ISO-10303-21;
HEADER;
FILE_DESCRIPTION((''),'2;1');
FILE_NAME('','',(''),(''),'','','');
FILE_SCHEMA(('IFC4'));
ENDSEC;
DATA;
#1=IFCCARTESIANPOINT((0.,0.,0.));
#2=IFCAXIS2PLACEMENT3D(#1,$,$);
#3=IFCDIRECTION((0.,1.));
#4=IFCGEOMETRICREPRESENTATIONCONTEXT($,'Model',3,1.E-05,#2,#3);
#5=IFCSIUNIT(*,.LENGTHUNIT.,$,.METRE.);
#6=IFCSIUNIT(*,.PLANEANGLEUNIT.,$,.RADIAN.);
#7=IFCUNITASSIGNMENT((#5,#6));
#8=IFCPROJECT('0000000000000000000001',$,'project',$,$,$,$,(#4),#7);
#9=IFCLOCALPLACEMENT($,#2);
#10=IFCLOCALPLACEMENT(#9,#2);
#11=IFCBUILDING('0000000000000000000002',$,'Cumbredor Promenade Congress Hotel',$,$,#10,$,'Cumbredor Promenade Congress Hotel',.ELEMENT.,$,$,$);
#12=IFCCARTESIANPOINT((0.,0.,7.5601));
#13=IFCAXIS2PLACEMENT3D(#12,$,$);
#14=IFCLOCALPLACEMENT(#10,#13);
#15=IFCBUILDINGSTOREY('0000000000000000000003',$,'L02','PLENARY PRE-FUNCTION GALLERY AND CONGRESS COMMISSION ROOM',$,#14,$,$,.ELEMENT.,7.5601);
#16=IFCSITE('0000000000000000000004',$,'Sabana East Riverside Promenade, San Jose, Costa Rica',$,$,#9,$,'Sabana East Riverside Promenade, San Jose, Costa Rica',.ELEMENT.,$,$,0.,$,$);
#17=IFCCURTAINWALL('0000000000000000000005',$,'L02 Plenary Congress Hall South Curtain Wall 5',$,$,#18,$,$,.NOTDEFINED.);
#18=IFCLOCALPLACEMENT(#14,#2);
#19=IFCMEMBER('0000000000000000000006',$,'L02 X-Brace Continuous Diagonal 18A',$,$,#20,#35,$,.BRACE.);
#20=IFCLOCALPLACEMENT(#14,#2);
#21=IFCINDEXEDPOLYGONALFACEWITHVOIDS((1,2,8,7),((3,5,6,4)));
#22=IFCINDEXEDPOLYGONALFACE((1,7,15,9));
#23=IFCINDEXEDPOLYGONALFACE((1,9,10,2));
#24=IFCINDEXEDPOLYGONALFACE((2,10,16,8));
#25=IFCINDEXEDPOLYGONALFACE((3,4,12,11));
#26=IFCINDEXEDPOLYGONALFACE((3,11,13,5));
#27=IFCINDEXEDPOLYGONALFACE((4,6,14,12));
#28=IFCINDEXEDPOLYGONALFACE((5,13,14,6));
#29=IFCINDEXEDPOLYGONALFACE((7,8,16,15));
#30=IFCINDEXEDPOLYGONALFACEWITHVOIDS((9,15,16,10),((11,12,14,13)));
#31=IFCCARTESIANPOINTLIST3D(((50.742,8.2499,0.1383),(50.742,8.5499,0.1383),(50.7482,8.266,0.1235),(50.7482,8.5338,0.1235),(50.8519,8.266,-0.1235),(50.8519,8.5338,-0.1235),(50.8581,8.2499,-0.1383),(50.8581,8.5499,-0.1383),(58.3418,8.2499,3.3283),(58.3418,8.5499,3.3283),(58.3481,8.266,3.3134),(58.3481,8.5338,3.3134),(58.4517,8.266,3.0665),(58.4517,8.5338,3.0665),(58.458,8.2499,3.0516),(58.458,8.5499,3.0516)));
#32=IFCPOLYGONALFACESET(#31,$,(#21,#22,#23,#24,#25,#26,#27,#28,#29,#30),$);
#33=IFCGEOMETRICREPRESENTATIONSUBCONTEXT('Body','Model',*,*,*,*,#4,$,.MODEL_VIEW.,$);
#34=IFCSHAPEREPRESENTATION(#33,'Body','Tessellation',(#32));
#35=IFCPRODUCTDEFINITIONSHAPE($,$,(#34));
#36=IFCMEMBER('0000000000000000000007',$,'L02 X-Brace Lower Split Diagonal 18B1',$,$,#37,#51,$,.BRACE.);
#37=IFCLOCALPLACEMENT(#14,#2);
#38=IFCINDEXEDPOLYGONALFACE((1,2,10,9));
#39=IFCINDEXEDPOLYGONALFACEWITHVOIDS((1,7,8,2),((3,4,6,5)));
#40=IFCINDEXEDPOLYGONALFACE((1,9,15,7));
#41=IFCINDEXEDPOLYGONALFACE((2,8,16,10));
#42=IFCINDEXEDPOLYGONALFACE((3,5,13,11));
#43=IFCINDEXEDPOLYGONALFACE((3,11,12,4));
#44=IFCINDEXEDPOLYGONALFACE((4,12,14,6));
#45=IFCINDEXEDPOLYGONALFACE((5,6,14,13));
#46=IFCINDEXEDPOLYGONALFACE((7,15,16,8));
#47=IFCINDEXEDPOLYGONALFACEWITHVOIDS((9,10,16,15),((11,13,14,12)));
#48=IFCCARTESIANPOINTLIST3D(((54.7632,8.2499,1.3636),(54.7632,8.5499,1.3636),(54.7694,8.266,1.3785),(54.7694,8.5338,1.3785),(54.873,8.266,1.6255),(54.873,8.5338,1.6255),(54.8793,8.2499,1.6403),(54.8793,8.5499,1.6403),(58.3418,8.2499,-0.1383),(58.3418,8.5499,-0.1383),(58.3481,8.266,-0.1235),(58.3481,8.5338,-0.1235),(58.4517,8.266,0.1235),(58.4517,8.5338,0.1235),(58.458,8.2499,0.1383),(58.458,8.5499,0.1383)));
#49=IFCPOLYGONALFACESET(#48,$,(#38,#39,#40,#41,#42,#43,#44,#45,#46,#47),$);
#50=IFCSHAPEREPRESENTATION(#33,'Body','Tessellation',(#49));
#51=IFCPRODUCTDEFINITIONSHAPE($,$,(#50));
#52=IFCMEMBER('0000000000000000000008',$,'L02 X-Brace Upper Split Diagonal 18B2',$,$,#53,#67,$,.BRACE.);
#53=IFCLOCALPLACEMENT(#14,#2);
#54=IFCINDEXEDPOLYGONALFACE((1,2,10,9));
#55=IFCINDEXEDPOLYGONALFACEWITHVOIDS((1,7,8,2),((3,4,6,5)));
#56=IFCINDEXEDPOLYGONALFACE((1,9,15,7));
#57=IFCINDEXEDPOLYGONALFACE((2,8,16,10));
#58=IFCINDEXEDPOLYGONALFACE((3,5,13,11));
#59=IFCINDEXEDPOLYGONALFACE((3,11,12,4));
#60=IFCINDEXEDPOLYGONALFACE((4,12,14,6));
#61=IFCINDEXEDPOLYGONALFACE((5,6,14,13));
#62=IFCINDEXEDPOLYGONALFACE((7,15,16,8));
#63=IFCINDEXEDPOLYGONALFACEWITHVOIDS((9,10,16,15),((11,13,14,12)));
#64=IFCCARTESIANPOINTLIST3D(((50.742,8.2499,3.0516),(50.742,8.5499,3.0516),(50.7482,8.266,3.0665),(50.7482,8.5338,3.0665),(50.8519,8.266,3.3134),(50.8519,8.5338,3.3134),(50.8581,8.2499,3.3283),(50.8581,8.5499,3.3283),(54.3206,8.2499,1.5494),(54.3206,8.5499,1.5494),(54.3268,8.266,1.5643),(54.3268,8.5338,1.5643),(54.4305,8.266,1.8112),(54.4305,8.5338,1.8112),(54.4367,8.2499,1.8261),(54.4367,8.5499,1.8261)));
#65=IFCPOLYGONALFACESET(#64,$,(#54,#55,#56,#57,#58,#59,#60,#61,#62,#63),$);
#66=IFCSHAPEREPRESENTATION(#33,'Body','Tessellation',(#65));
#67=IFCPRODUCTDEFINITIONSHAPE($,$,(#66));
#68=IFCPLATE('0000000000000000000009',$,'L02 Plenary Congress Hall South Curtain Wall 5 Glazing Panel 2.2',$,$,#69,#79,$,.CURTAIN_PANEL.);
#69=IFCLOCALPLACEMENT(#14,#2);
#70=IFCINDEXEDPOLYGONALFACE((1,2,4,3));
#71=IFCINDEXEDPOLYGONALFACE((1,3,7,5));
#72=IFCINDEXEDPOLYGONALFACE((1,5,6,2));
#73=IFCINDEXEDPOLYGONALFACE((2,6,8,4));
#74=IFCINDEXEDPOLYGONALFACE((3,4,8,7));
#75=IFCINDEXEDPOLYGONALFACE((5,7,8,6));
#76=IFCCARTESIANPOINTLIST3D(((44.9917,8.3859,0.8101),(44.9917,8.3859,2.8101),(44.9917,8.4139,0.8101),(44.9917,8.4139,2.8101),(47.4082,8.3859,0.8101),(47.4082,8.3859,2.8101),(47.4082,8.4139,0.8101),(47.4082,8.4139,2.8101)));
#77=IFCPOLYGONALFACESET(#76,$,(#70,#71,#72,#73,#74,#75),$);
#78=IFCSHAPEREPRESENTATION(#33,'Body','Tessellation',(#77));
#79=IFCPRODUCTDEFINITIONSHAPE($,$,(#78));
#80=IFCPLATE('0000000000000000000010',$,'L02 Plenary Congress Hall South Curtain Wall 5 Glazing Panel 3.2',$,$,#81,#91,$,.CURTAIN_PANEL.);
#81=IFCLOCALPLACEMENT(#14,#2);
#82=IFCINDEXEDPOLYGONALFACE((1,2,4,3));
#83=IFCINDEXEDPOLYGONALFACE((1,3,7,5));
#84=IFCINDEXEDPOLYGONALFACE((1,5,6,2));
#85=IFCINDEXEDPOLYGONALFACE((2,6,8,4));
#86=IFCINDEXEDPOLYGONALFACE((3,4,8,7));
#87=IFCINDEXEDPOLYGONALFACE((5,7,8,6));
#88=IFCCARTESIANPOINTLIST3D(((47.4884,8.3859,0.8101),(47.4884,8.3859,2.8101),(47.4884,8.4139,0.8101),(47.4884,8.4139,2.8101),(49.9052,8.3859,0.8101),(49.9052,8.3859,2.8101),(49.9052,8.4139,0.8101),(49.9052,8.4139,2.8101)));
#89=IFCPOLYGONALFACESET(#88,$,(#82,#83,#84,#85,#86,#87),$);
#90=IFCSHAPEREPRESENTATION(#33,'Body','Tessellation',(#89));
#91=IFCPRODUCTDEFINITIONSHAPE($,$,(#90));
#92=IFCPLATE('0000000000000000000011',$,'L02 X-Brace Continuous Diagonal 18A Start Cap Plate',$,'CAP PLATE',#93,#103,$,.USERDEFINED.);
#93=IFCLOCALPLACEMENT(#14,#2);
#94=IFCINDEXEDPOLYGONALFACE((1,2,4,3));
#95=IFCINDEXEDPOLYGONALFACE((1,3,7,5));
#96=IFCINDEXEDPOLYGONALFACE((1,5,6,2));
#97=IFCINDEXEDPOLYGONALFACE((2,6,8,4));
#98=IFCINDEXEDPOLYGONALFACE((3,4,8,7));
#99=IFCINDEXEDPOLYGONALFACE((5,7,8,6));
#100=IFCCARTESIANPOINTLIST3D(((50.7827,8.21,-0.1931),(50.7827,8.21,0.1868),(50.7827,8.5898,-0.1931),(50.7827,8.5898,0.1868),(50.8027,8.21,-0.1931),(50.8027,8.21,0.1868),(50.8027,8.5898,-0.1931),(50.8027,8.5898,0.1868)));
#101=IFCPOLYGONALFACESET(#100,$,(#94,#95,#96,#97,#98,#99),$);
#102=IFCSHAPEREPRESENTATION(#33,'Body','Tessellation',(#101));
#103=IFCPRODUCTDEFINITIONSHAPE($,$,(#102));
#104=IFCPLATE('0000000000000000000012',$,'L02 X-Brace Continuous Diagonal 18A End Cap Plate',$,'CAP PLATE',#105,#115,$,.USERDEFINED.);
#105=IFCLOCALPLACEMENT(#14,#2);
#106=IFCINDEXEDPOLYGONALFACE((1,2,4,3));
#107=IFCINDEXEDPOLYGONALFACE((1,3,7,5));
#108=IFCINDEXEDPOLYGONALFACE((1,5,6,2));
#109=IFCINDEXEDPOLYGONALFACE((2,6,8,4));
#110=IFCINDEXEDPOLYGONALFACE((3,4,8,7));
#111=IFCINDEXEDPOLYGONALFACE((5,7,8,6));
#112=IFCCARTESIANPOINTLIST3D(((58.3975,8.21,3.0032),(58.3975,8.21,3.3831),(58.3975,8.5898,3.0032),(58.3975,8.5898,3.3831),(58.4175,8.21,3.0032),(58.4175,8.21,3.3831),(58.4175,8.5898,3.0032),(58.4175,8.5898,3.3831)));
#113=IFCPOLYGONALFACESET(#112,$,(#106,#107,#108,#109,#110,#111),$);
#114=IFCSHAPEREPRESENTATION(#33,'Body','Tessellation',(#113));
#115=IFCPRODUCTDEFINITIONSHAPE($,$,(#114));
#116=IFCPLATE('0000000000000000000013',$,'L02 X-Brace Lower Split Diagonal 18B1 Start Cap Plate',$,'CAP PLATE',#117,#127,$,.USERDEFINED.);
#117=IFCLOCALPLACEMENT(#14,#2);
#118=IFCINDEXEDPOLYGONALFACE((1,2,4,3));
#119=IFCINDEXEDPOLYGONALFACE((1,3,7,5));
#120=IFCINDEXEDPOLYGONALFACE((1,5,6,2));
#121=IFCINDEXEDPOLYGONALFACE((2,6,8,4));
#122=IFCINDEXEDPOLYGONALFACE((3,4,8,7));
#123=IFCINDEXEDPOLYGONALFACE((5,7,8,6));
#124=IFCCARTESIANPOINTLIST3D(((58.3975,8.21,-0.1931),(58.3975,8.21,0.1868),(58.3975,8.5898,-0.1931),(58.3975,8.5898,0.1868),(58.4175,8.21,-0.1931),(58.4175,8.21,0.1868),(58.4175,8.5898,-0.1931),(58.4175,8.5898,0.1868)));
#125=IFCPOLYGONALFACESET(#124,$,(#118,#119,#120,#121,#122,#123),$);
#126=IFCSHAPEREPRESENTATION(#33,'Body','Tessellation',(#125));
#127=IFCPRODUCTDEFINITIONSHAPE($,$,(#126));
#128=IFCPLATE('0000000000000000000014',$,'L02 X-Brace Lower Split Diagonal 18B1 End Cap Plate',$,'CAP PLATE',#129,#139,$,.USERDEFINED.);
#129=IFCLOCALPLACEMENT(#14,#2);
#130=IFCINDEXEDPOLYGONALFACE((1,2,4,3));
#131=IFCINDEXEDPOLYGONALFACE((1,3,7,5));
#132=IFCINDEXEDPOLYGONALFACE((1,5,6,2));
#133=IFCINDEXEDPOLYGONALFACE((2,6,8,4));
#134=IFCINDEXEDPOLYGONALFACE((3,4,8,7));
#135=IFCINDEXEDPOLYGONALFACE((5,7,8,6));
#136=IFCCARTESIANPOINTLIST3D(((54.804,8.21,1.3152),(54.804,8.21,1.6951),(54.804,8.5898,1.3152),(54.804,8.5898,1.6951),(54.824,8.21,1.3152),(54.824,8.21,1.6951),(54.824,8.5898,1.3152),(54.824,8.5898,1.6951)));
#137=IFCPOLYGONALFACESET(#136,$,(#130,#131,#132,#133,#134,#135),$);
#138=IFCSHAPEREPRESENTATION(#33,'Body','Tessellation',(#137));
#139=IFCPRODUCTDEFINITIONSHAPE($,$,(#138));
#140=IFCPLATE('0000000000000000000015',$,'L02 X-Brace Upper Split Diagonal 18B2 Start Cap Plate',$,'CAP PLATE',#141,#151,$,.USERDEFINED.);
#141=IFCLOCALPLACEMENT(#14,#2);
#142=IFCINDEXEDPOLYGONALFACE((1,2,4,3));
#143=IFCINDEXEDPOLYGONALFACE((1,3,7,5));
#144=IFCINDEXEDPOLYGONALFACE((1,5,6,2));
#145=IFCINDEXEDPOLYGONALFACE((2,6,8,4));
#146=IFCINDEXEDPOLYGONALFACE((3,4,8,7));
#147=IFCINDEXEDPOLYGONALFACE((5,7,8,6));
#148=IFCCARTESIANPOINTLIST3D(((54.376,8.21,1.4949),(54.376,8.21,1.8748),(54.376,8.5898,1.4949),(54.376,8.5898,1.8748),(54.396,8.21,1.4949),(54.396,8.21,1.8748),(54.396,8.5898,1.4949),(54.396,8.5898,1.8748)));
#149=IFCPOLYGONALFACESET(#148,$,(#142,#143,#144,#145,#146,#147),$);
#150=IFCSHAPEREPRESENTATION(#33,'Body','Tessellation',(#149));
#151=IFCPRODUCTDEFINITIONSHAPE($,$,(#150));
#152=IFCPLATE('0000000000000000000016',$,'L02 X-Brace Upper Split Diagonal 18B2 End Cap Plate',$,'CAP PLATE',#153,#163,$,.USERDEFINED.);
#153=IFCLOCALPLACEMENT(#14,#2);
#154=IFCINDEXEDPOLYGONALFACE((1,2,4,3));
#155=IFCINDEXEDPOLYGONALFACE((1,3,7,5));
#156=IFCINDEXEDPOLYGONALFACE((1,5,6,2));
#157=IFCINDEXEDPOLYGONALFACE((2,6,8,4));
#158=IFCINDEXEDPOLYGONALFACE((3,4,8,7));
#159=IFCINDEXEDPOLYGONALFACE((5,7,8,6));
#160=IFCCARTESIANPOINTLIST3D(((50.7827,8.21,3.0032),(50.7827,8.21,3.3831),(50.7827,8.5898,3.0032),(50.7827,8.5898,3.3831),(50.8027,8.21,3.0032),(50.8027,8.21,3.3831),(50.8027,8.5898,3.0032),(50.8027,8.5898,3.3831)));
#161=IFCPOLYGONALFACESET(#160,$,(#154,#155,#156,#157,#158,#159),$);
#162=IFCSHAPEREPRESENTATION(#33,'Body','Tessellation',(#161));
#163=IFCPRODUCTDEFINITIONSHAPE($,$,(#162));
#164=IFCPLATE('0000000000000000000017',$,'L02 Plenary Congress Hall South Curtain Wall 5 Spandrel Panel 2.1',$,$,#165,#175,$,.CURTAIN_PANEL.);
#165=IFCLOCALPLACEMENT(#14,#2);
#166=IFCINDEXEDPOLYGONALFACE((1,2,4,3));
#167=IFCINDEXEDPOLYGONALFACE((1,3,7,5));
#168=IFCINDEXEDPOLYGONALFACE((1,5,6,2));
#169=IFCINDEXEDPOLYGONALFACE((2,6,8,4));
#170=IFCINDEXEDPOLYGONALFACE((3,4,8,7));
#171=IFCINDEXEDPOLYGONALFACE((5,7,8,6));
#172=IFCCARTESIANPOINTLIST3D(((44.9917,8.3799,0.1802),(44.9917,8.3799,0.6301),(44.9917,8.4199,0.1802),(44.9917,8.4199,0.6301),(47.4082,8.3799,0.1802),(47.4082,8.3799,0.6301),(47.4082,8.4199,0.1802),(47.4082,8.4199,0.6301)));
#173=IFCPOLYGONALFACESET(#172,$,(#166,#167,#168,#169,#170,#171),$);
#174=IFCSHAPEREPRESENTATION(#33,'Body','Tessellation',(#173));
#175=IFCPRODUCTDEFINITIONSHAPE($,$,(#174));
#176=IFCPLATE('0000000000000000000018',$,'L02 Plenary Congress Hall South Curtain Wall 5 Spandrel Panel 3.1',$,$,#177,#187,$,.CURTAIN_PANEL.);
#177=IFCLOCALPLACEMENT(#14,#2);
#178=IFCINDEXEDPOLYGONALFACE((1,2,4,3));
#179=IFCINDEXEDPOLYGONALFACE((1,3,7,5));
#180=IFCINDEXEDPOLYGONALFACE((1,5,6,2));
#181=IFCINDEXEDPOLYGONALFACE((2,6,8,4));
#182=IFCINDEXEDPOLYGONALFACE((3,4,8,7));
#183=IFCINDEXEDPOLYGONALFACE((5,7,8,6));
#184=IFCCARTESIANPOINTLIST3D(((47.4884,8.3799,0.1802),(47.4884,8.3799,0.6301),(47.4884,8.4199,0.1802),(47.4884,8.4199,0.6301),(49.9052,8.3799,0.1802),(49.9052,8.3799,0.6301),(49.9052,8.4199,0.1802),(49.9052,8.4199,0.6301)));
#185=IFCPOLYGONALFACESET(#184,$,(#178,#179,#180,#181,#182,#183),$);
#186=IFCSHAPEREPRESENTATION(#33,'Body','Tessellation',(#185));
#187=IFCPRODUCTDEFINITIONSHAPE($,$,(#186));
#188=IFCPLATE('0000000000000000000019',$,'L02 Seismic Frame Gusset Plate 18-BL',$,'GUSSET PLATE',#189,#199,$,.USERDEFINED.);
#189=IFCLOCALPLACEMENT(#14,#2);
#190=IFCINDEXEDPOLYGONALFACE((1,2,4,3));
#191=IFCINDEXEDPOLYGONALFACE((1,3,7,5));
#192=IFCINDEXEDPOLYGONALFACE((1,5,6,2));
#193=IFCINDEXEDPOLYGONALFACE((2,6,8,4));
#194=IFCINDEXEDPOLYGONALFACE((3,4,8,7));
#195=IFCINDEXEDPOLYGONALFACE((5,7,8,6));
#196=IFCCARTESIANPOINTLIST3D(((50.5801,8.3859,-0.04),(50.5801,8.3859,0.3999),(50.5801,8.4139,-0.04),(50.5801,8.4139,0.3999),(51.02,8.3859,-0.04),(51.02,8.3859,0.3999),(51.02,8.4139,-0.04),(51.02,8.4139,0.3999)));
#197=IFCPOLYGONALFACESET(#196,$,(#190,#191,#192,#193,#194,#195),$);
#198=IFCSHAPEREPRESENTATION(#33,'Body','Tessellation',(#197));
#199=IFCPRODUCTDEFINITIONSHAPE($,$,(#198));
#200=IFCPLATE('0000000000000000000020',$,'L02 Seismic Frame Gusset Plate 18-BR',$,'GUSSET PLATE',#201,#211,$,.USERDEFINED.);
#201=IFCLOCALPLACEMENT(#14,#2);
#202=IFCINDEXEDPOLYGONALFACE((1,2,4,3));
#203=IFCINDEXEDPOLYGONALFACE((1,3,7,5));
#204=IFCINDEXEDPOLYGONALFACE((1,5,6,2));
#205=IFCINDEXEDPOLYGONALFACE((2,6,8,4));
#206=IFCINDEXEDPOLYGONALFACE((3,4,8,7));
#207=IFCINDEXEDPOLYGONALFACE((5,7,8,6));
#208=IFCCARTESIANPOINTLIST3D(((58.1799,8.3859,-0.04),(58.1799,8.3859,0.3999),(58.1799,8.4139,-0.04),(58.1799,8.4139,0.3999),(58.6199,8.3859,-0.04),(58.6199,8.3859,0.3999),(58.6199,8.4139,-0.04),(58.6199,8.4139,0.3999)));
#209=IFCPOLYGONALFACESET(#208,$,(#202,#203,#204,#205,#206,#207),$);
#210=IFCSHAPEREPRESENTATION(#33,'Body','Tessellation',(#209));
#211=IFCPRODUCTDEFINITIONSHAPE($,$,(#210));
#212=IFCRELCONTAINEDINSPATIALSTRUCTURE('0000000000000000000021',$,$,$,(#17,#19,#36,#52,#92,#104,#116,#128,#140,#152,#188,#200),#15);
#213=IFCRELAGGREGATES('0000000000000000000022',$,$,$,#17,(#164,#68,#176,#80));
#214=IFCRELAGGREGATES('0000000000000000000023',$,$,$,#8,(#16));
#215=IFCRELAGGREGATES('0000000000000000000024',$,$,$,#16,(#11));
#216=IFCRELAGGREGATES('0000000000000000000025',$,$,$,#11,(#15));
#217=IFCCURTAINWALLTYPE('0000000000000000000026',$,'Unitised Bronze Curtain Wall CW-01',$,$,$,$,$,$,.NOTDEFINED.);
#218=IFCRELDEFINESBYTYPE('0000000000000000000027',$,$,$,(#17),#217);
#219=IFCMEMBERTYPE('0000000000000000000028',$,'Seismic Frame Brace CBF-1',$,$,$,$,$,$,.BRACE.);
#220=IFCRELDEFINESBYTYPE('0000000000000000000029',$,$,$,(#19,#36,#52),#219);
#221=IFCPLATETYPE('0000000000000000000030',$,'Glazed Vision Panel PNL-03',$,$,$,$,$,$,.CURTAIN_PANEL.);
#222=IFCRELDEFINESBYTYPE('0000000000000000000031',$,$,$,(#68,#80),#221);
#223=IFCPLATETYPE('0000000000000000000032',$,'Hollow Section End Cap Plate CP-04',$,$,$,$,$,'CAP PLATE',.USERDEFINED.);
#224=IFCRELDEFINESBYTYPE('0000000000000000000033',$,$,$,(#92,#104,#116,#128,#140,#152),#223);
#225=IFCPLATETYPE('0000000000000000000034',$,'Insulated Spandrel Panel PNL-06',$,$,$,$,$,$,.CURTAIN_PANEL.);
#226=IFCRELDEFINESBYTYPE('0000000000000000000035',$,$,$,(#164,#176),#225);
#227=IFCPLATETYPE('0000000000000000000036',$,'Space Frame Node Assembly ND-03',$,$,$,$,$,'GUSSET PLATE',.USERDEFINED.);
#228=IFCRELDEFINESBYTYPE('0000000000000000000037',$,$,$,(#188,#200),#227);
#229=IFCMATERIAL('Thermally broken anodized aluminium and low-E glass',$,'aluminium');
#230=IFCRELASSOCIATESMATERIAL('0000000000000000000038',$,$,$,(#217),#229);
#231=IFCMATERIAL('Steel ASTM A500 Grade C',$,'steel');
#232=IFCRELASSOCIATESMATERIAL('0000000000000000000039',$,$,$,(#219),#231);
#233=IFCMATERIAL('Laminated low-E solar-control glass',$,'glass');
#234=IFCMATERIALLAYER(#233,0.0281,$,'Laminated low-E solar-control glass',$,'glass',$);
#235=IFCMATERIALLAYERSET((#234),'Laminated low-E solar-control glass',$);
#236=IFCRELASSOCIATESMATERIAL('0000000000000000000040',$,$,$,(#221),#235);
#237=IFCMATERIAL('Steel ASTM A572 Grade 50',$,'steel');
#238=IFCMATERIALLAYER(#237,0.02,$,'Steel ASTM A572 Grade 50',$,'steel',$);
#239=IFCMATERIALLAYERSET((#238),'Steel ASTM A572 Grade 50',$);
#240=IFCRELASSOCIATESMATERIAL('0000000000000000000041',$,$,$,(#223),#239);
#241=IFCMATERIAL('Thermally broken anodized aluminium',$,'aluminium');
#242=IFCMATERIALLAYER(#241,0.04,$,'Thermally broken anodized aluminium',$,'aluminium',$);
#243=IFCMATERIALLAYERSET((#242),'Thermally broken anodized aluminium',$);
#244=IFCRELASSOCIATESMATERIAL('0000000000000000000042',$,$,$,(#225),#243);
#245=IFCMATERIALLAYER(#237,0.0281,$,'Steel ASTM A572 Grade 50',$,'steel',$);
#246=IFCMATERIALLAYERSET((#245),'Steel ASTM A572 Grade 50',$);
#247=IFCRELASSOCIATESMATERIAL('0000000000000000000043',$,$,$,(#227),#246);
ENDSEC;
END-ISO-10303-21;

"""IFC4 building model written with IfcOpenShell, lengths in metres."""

from ifc_helpers import new_model, si_unit, direction, frame, origin, origin_2d, place, context, subcontext, project, spatial, rectangle, hollow_rectangle, extrude, material, layer, layer_set, material_profile, profile_set, type_object, element, aggregate, save


model = new_model("IFC4")

# Units and contexts
model_context = context("Model", 3, precision=1e-05, world=origin(), true_north=direction((0.0, 1.0)))
body_context = subcontext(model_context, "Body", "Model", "MODEL_VIEW")
ifc_project = project(units=[si_unit("LENGTHUNIT", "METRE"), si_unit("PLANEANGLEUNIT", "RADIAN")], contexts=[model_context])

# Site, building, storey
site_placement = place(None, origin())
site = spatial("IfcSite", under=ifc_project, at=site_placement, Name="Sabana East Riverside Promenade, San Jose, Costa Rica", LongName="Sabana East Riverside Promenade, San Jose, Costa Rica", CompositionType="ELEMENT", RefElevation=0.0)
building_placement = place(site_placement, origin())
building = spatial("IfcBuilding", under=site, at=building_placement, Name="Cumbredor Promenade Congress Hotel", LongName="Cumbredor Promenade Congress Hotel", CompositionType="ELEMENT")
storey_placement = place(building_placement, frame((0.0, 0.0, 7.5601)))
storey = spatial("IfcBuildingStorey", under=building, at=storey_placement, Name="L02", Description="PLENARY PRE-FUNCTION GALLERY AND CONGRESS COMMISSION ROOM", CompositionType="ELEMENT", Elevation=7.5601)

# Curtain wall
ifc_material_1 = material(Name="Thermally broken anodized aluminium and low-E glass", Category="aluminium")
curtain_wall_type = type_object("IfcCurtainWallType", Name="Unitised Bronze Curtain Wall CW-01", PredefinedType="NOTDEFINED", material=ifc_material_1)
curtain_wall_placement = place(storey_placement, origin())
curtain_wall = element("IfcCurtainWall", 1, at=curtain_wall_placement, inside=storey, type_object=curtain_wall_type, Name="L02 Plenary Congress Hall South Curtain Wall 5", PredefinedType="NOTDEFINED")
ifc_material_2 = material(Name="Thermally broken anodized aluminium", Category="aluminium")

# Members
ifc_material_3 = material(Name="Steel ASTM A500 Grade C", Category="steel")
ifc_material_profile_1 = material_profile(ifc_material_3, hollow_rectangle(XDim=0.3, YDim=0.3, WallThickness=0.0161, at=origin_2d()), Name="HSS 300x300x16")
ifc_profile_set_1 = profile_set([ifc_material_profile_1], Name="Steel ASTM A500 Grade C")
member_type_1 = type_object("IfcMemberType", Name="Seismic Frame Brace CBF-1", PredefinedType="BRACE", material=ifc_profile_set_1)
member_1_placement = place(storey_placement, frame((50.8, 8.3999, 0.0), z_axis=(0.922069, 0.0, 0.387027), x_axis=(0.0, 1.0, 0.0)))
element("IfcMember", 2, at=member_1_placement, inside=storey, type_object=member_type_1, Name="L02 X-Brace Continuous Diagonal 18A", PredefinedType="BRACE", context=body_context, shape_type="SweptSolid", body=[
    extrude(hollow_rectangle(XDim=0.3, YDim=0.3, WallThickness=0.0161, at=origin_2d()), origin(), (0.0, 0.0, 1.0), 8.2422),
])
for number, where, z_axis, x_axis, name in (
    (3, (58.3999, 8.3999, 0.0), (-0.92208, 0.0, 0.386999), (0.0, -1.0, 0.0), "L02 X-Brace Lower Split Diagonal 18B1"),
    (4, (54.3787, 8.3999, 1.6877), (-0.922058, 0.0, 0.387053), (0.0, -1.0, 0.0), "L02 X-Brace Upper Split Diagonal 18B2"),
):
    element("IfcMember", number, at=place(storey_placement, frame(where, z_axis=z_axis, x_axis=x_axis)), inside=storey, type_object=member_type_1, Name=name, PredefinedType="BRACE", context=body_context, shape_type="SweptSolid", body=[
        extrude(hollow_rectangle(XDim=0.3, YDim=0.3, WallThickness=0.0161, at=origin_2d()), origin(), (0.0, 0.0, 1.0), 3.8811),
    ])

# Plates
ifc_material_4 = material(Name="Laminated low-E solar-control glass", Category="glass")
ifc_layer_1 = layer(ifc_material_4, 0.0281, Name="Laminated low-E solar-control glass", Category="glass")
ifc_layer_set_1 = layer_set([ifc_layer_1], Name="Laminated low-E solar-control glass")
plate_type_1 = type_object("IfcPlateType", Name="Glazed Vision Panel PNL-03", PredefinedType="CURTAIN_PANEL", material=ifc_layer_set_1)
plate_1_placement = place(storey_placement, frame((46.2, 8.3999, 0.8101), z_axis=(0.0, 0.0, 1.0), x_axis=(1.0, 0.0, 0.0)))
plate_1 = element("IfcPlate", 5, at=plate_1_placement, type_object=plate_type_1, Name="L02 Plenary Congress Hall South Curtain Wall 5 Glazing Panel 2.2", PredefinedType="CURTAIN_PANEL", context=body_context, shape_type="SweptSolid", body=[
    extrude(rectangle(XDim=2.4165, YDim=0.0281, at=origin_2d()), origin(), (0.0, 0.0, 1.0), 2.0),
])
plate_2_placement = place(storey_placement, frame((48.6968, 8.3999, 0.8101), z_axis=(0.0, 0.0, 1.0), x_axis=(1.0, 0.0, 0.0)))
plate_2 = element("IfcPlate", 6, at=plate_2_placement, type_object=plate_type_1, Name="L02 Plenary Congress Hall South Curtain Wall 5 Glazing Panel 3.2", PredefinedType="CURTAIN_PANEL", context=body_context, shape_type="SweptSolid", body=[
    extrude(rectangle(XDim=2.4167, YDim=0.0281, at=origin_2d()), origin(), (0.0, 0.0, 1.0), 2.0),
])

# Plates
ifc_material_5 = material(Name="Steel ASTM A572 Grade 50", Category="steel")
ifc_layer_2 = layer(ifc_material_5, 0.02, Name="Steel ASTM A572 Grade 50", Category="steel")
ifc_layer_set_2 = layer_set([ifc_layer_2], Name="Steel ASTM A572 Grade 50")
plate_type_2 = type_object("IfcPlateType", Name="Hollow Section End Cap Plate CP-04", ElementType="CAP PLATE", PredefinedType="USERDEFINED", material=ifc_layer_set_2)
for number, where, z_axis, x_axis, name in (
    (7, (50.7927, 8.3999, -0.1931), (0.0, 0.0, 1.0), (1.0, 0.0, 0.0), "L02 X-Brace Continuous Diagonal 18A Start Cap Plate"),
    (8, (58.4075, 8.3999, 3.0032), (0.0, 0.0, 1.0), (1.0, 0.0, 0.0), "L02 X-Brace Continuous Diagonal 18A End Cap Plate"),
    (9, (58.4075, 8.3999, -0.1931), (0.0, 0.0, 1.0), (-1.0, 0.0, 0.0), "L02 X-Brace Lower Split Diagonal 18B1 Start Cap Plate"),
    (10, (54.814, 8.3999, 1.3152), (0.0, 0.0, 1.0), (-1.0, 0.0, 0.0), "L02 X-Brace Lower Split Diagonal 18B1 End Cap Plate"),
    (11, (54.386, 8.3999, 1.4949), (0.0, 0.0, 1.0), (-1.0, 0.0, 0.0), "L02 X-Brace Upper Split Diagonal 18B2 Start Cap Plate"),
    (12, (50.7927, 8.3999, 3.0032), (0.0, 0.0, 1.0), (-1.0, 0.0, 0.0), "L02 X-Brace Upper Split Diagonal 18B2 End Cap Plate"),
):
    element("IfcPlate", number, at=place(storey_placement, frame(where, z_axis=z_axis, x_axis=x_axis)), inside=storey, type_object=plate_type_2, Name=name, ObjectType="CAP PLATE", PredefinedType="USERDEFINED", context=body_context, shape_type="SweptSolid", body=[
        extrude(rectangle(XDim=0.02, YDim=0.3799, at=origin_2d()), origin(), (0.0, 0.0, 1.0), 0.3799),
    ])

# Plates
ifc_layer_3 = layer(ifc_material_2, 0.04, Name="Thermally broken anodized aluminium", Category="aluminium")
ifc_layer_set_3 = layer_set([ifc_layer_3], Name="Thermally broken anodized aluminium")
plate_type_3 = type_object("IfcPlateType", Name="Insulated Spandrel Panel PNL-06", PredefinedType="CURTAIN_PANEL", material=ifc_layer_set_3)
plate_3_placement = place(storey_placement, frame((46.2, 8.3999, 0.1802), z_axis=(0.0, 0.0, 1.0), x_axis=(1.0, 0.0, 0.0)))
plate_3 = element("IfcPlate", 13, at=plate_3_placement, type_object=plate_type_3, Name="L02 Plenary Congress Hall South Curtain Wall 5 Spandrel Panel 2.1", PredefinedType="CURTAIN_PANEL", context=body_context, shape_type="SweptSolid", body=[
    extrude(rectangle(XDim=2.4165, YDim=0.04, at=origin_2d()), origin(), (0.0, 0.0, 1.0), 0.45),
])
plate_4_placement = place(storey_placement, frame((48.6968, 8.3999, 0.1802), z_axis=(0.0, 0.0, 1.0), x_axis=(1.0, 0.0, 0.0)))
plate_4 = element("IfcPlate", 14, at=plate_4_placement, type_object=plate_type_3, Name="L02 Plenary Congress Hall South Curtain Wall 5 Spandrel Panel 3.1", PredefinedType="CURTAIN_PANEL", context=body_context, shape_type="SweptSolid", body=[
    extrude(rectangle(XDim=2.4167, YDim=0.04, at=origin_2d()), origin(), (0.0, 0.0, 1.0), 0.45),
])
aggregate(curtain_wall, [plate_3, plate_1, plate_4, plate_2])

# Plates
ifc_layer_4 = layer(ifc_material_5, 0.0281, Name="Steel ASTM A572 Grade 50", Category="steel")
ifc_layer_set_4 = layer_set([ifc_layer_4], Name="Steel ASTM A572 Grade 50")
plate_type_4 = type_object("IfcPlateType", Name="Space Frame Node Assembly ND-03", ElementType="GUSSET PLATE", PredefinedType="USERDEFINED", material=ifc_layer_set_4)
for number, where, z_axis, x_axis, name in (
    (15, (50.8, 8.3999, -0.04), (0.0, 0.0, 1.0), (1.0, 0.0, 0.0), "L02 Seismic Frame Gusset Plate 18-BL"),
    (16, (58.3999, 8.3999, -0.04), (0.0, 0.0, 1.0), (1.0, 0.0, 0.0), "L02 Seismic Frame Gusset Plate 18-BR"),
):
    element("IfcPlate", number, at=place(storey_placement, frame(where, z_axis=z_axis, x_axis=x_axis)), inside=storey, type_object=plate_type_4, Name=name, ObjectType="GUSSET PLATE", PredefinedType="USERDEFINED", context=body_context, shape_type="SweptSolid", body=[
        extrude(rectangle(XDim=0.4399, YDim=0.0281, at=origin_2d()), origin(), (0.0, 0.0, 1.0), 0.4399),
    ])

save(model, "model.ifc")
